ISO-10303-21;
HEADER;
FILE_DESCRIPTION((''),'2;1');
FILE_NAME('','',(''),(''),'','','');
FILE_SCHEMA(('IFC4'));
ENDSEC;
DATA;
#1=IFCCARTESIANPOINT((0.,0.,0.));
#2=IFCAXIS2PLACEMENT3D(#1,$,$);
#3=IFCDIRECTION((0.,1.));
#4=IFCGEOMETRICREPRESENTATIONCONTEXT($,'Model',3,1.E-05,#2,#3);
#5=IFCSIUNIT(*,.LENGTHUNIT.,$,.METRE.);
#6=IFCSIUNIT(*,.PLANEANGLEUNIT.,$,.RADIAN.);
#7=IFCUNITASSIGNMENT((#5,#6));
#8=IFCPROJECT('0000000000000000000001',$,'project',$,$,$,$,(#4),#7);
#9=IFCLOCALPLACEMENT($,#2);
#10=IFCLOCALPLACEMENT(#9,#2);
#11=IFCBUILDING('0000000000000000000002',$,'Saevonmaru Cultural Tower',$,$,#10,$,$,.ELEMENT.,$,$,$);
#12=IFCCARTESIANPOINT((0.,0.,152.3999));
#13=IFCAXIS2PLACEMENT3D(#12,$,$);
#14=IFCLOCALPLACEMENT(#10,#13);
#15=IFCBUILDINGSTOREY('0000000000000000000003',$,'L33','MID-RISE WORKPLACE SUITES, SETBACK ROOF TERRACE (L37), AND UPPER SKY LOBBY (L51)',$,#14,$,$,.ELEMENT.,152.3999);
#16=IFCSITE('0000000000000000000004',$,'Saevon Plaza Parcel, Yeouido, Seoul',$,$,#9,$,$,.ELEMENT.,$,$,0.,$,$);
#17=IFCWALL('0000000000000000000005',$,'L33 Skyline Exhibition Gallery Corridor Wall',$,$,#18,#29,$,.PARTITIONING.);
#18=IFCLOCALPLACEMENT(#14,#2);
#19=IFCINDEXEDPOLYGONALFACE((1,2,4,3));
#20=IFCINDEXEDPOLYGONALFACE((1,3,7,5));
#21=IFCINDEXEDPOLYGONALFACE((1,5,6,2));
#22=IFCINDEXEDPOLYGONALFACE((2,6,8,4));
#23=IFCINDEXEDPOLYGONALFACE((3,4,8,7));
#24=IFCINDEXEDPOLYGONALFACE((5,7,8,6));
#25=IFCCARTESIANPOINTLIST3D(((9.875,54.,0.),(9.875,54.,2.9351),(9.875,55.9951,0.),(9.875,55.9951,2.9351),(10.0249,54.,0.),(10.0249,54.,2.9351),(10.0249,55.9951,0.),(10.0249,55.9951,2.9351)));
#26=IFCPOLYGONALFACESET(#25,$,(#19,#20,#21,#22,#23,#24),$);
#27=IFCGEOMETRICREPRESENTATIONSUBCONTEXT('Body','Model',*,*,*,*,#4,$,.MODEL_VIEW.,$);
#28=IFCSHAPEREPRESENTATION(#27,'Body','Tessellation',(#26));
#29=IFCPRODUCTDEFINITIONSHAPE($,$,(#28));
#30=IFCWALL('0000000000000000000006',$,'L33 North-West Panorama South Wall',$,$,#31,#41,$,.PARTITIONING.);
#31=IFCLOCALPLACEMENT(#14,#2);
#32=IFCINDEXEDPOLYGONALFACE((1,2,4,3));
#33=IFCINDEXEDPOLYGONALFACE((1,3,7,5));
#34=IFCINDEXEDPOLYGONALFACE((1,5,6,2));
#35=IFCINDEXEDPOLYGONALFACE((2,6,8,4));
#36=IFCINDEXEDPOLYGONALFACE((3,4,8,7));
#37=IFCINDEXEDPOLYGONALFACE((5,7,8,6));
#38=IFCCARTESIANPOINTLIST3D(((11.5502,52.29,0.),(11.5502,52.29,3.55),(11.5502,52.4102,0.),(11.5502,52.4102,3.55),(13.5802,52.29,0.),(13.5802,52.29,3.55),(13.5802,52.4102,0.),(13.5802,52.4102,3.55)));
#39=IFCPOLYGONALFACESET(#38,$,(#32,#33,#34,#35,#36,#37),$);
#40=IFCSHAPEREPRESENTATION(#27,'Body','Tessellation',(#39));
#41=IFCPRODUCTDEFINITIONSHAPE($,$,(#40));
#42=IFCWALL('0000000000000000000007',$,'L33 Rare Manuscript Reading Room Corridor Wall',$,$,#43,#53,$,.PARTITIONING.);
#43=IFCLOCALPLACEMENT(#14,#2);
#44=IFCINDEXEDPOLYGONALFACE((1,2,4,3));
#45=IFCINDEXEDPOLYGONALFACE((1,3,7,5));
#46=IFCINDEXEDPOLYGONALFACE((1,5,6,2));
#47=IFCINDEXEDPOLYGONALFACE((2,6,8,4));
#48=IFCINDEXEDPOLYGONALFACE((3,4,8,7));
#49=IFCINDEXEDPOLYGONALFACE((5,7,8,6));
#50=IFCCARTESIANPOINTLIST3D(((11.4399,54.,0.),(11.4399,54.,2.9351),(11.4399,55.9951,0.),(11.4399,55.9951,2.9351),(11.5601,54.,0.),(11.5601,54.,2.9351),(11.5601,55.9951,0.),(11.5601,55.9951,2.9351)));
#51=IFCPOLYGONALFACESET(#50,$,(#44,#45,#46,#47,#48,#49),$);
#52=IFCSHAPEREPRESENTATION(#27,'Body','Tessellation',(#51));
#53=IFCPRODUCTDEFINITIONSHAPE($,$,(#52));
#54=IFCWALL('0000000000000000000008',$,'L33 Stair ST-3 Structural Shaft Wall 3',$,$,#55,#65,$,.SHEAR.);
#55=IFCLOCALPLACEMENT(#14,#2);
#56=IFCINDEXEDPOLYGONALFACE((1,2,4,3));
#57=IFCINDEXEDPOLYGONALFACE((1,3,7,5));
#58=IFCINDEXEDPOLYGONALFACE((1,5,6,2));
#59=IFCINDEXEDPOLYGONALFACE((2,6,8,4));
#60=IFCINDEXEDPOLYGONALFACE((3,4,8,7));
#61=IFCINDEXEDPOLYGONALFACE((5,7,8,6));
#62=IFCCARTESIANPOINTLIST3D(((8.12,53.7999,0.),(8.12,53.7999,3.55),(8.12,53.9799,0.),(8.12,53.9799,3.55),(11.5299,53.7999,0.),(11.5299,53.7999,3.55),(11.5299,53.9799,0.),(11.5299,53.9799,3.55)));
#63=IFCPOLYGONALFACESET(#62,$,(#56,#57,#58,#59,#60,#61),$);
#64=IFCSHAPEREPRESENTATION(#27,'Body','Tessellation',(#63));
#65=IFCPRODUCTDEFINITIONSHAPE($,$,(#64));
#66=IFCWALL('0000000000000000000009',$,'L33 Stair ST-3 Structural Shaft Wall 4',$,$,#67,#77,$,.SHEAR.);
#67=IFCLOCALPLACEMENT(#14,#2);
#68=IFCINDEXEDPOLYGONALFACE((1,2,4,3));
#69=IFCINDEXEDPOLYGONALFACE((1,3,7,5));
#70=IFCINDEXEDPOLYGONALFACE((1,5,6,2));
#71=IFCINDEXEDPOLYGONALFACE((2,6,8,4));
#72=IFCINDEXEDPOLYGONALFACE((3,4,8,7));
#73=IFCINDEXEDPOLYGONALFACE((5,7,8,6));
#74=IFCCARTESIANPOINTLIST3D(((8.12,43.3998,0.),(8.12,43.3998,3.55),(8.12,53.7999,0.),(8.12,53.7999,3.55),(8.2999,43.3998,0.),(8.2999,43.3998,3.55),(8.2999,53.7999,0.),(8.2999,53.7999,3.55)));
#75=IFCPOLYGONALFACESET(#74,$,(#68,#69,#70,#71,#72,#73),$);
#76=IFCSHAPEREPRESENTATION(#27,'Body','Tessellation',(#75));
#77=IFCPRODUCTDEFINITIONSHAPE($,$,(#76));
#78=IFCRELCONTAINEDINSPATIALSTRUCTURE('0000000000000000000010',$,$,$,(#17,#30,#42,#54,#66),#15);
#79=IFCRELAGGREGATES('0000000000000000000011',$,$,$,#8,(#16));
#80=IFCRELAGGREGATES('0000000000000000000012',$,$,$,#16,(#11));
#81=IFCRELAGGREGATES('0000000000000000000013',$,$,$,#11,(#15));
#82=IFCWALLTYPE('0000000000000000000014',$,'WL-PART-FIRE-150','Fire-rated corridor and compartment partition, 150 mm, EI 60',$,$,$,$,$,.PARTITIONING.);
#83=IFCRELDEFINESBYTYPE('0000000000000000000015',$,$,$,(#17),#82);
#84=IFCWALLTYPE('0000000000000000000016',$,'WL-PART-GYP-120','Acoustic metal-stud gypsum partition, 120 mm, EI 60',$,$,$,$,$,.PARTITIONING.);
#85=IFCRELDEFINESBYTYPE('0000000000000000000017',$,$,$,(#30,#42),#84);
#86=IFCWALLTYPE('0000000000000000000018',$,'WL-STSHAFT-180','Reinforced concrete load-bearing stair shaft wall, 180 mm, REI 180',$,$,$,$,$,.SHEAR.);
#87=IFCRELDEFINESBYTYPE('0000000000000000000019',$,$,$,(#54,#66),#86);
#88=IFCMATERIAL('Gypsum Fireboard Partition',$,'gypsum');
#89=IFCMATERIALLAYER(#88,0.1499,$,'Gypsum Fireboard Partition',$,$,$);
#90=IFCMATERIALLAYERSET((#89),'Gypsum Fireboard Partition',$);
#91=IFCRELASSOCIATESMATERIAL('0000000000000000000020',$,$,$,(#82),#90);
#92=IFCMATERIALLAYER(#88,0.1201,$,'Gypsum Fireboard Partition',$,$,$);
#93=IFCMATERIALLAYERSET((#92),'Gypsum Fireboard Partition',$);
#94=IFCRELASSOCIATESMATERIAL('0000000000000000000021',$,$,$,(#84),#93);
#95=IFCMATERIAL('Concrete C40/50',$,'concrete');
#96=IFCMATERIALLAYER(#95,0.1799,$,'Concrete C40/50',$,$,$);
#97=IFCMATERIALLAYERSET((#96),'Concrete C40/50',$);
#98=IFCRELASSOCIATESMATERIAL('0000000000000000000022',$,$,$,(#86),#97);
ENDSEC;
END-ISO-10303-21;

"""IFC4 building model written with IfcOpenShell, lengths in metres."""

from ifc_helpers import new_model, si_unit, direction, frame, frame_2d, origin, place, context, subcontext, project, spatial, rectangle, extrude, material, layer, layer_set, type_object, element, save


model = new_model("IFC4")

# Units and contexts
model_context = context("Model", 3, precision=1e-05, world=origin(), true_north=direction((0.0, 1.0)))
body_context = subcontext(model_context, "Body", "Model", "MODEL_VIEW")
ifc_project = project(units=[si_unit("LENGTHUNIT", "METRE"), si_unit("PLANEANGLEUNIT", "RADIAN")], contexts=[model_context])

# Site, building, storey
site_placement = place(None, origin())
site = spatial("IfcSite", under=ifc_project, at=site_placement, Name="Saevon Plaza Parcel, Yeouido, Seoul", CompositionType="ELEMENT", RefElevation=0.0)
building_placement = place(site_placement, origin())
building = spatial("IfcBuilding", under=site, at=building_placement, Name="Saevonmaru Cultural Tower", CompositionType="ELEMENT")
storey_placement = place(building_placement, frame((0.0, 0.0, 152.3999)))
storey = spatial("IfcBuildingStorey", under=building, at=storey_placement, Name="L33", Description="MID-RISE WORKPLACE SUITES, SETBACK ROOF TERRACE (L37), AND UPPER SKY LOBBY (L51)", CompositionType="ELEMENT", Elevation=152.3999)

# Walls
ifc_material_1 = material(Name="Gypsum Fireboard Partition", Category="gypsum")
ifc_layer_1 = layer(ifc_material_1, 0.1499, Name="Gypsum Fireboard Partition")
ifc_layer_set_1 = layer_set([ifc_layer_1], Name="Gypsum Fireboard Partition")
wall_type_1 = type_object("IfcWallType", Name="WL-PART-FIRE-150", Description="Fire-rated corridor and compartment partition, 150 mm, EI 60", PredefinedType="PARTITIONING", material=ifc_layer_set_1)
wall_1_placement = place(storey_placement, frame((9.95, 54.0, 0.0), z_axis=(0.0, 0.0, 1.0), x_axis=(0.0, 1.0, 0.0)))
element("IfcWall", 1, at=wall_1_placement, inside=storey, type_object=wall_type_1, Name="L33 Skyline Exhibition Gallery Corridor Wall", PredefinedType="PARTITIONING", context=body_context, shape_type="SweptSolid", body=[
    extrude(rectangle(XDim=1.9951, YDim=0.1499, at=frame_2d((0.9976, 0.0))), origin(), (0.0, 0.0, 1.0), 2.9351),
])
ifc_layer_2 = layer(ifc_material_1, 0.1201, Name="Gypsum Fireboard Partition")
ifc_layer_set_2 = layer_set([ifc_layer_2], Name="Gypsum Fireboard Partition")
wall_type_2 = type_object("IfcWallType", Name="WL-PART-GYP-120", Description="Acoustic metal-stud gypsum partition, 120 mm, EI 60", PredefinedType="PARTITIONING", material=ifc_layer_set_2)
wall_2_placement = place(storey_placement, frame((11.55, 52.3501, 0.0), z_axis=(0.0, 0.0, 1.0), x_axis=(1.0, 0.0, 0.0)))
element("IfcWall", 2, at=wall_2_placement, inside=storey, type_object=wall_type_2, Name="L33 North-West Panorama South Wall", PredefinedType="PARTITIONING", context=body_context, shape_type="SweptSolid", body=[
    extrude(rectangle(XDim=2.03, YDim=0.1201, at=frame_2d((1.0151, 0.0))), origin(), (0.0, 0.0, 1.0), 3.55),
])
wall_3_placement = place(storey_placement, frame((11.5, 54.0, 0.0), z_axis=(0.0, 0.0, 1.0), x_axis=(0.0, 1.0, 0.0)))
element("IfcWall", 3, at=wall_3_placement, inside=storey, type_object=wall_type_2, Name="L33 Rare Manuscript Reading Room Corridor Wall", PredefinedType="PARTITIONING", context=body_context, shape_type="SweptSolid", body=[
    extrude(rectangle(XDim=1.9951, YDim=0.1201, at=frame_2d((0.9976, 0.0))), origin(), (0.0, 0.0, 1.0), 2.9351),
])
ifc_material_2 = material(Name="Concrete C40/50", Category="concrete")
ifc_layer_3 = layer(ifc_material_2, 0.1799, Name="Concrete C40/50")
ifc_layer_set_3 = layer_set([ifc_layer_3], Name="Concrete C40/50")
wall_type_3 = type_object("IfcWallType", Name="WL-STSHAFT-180", Description="Reinforced concrete load-bearing stair shaft wall, 180 mm, REI 180", PredefinedType="SHEAR", material=ifc_layer_set_3)
wall_4_placement = place(storey_placement, frame((11.53, 53.8899, 0.0), z_axis=(0.0, 0.0, 1.0), x_axis=(-1.0, 0.0, 0.0)))
element("IfcWall", 4, at=wall_4_placement, inside=storey, type_object=wall_type_3, Name="L33 Stair ST-3 Structural Shaft Wall 3", PredefinedType="SHEAR", context=body_context, shape_type="SweptSolid", body=[
    extrude(rectangle(XDim=3.4099, YDim=0.1799, at=frame_2d((1.7051, 0.0))), origin(), (0.0, 0.0, 1.0), 3.55),
])
wall_5_placement = place(storey_placement, frame((8.21, 53.8, 0.0), z_axis=(0.0, 0.0, 1.0), x_axis=(0.0, -1.0, 0.0)))
element("IfcWall", 5, at=wall_5_placement, inside=storey, type_object=wall_type_3, Name="L33 Stair ST-3 Structural Shaft Wall 4", PredefinedType="SHEAR", context=body_context, shape_type="SweptSolid", body=[
    extrude(rectangle(XDim=10.4001, YDim=0.1799, at=frame_2d((5.2002, 0.0))), origin(), (0.0, 0.0, 1.0), 3.55),
])

save(model, "model.ifc")
